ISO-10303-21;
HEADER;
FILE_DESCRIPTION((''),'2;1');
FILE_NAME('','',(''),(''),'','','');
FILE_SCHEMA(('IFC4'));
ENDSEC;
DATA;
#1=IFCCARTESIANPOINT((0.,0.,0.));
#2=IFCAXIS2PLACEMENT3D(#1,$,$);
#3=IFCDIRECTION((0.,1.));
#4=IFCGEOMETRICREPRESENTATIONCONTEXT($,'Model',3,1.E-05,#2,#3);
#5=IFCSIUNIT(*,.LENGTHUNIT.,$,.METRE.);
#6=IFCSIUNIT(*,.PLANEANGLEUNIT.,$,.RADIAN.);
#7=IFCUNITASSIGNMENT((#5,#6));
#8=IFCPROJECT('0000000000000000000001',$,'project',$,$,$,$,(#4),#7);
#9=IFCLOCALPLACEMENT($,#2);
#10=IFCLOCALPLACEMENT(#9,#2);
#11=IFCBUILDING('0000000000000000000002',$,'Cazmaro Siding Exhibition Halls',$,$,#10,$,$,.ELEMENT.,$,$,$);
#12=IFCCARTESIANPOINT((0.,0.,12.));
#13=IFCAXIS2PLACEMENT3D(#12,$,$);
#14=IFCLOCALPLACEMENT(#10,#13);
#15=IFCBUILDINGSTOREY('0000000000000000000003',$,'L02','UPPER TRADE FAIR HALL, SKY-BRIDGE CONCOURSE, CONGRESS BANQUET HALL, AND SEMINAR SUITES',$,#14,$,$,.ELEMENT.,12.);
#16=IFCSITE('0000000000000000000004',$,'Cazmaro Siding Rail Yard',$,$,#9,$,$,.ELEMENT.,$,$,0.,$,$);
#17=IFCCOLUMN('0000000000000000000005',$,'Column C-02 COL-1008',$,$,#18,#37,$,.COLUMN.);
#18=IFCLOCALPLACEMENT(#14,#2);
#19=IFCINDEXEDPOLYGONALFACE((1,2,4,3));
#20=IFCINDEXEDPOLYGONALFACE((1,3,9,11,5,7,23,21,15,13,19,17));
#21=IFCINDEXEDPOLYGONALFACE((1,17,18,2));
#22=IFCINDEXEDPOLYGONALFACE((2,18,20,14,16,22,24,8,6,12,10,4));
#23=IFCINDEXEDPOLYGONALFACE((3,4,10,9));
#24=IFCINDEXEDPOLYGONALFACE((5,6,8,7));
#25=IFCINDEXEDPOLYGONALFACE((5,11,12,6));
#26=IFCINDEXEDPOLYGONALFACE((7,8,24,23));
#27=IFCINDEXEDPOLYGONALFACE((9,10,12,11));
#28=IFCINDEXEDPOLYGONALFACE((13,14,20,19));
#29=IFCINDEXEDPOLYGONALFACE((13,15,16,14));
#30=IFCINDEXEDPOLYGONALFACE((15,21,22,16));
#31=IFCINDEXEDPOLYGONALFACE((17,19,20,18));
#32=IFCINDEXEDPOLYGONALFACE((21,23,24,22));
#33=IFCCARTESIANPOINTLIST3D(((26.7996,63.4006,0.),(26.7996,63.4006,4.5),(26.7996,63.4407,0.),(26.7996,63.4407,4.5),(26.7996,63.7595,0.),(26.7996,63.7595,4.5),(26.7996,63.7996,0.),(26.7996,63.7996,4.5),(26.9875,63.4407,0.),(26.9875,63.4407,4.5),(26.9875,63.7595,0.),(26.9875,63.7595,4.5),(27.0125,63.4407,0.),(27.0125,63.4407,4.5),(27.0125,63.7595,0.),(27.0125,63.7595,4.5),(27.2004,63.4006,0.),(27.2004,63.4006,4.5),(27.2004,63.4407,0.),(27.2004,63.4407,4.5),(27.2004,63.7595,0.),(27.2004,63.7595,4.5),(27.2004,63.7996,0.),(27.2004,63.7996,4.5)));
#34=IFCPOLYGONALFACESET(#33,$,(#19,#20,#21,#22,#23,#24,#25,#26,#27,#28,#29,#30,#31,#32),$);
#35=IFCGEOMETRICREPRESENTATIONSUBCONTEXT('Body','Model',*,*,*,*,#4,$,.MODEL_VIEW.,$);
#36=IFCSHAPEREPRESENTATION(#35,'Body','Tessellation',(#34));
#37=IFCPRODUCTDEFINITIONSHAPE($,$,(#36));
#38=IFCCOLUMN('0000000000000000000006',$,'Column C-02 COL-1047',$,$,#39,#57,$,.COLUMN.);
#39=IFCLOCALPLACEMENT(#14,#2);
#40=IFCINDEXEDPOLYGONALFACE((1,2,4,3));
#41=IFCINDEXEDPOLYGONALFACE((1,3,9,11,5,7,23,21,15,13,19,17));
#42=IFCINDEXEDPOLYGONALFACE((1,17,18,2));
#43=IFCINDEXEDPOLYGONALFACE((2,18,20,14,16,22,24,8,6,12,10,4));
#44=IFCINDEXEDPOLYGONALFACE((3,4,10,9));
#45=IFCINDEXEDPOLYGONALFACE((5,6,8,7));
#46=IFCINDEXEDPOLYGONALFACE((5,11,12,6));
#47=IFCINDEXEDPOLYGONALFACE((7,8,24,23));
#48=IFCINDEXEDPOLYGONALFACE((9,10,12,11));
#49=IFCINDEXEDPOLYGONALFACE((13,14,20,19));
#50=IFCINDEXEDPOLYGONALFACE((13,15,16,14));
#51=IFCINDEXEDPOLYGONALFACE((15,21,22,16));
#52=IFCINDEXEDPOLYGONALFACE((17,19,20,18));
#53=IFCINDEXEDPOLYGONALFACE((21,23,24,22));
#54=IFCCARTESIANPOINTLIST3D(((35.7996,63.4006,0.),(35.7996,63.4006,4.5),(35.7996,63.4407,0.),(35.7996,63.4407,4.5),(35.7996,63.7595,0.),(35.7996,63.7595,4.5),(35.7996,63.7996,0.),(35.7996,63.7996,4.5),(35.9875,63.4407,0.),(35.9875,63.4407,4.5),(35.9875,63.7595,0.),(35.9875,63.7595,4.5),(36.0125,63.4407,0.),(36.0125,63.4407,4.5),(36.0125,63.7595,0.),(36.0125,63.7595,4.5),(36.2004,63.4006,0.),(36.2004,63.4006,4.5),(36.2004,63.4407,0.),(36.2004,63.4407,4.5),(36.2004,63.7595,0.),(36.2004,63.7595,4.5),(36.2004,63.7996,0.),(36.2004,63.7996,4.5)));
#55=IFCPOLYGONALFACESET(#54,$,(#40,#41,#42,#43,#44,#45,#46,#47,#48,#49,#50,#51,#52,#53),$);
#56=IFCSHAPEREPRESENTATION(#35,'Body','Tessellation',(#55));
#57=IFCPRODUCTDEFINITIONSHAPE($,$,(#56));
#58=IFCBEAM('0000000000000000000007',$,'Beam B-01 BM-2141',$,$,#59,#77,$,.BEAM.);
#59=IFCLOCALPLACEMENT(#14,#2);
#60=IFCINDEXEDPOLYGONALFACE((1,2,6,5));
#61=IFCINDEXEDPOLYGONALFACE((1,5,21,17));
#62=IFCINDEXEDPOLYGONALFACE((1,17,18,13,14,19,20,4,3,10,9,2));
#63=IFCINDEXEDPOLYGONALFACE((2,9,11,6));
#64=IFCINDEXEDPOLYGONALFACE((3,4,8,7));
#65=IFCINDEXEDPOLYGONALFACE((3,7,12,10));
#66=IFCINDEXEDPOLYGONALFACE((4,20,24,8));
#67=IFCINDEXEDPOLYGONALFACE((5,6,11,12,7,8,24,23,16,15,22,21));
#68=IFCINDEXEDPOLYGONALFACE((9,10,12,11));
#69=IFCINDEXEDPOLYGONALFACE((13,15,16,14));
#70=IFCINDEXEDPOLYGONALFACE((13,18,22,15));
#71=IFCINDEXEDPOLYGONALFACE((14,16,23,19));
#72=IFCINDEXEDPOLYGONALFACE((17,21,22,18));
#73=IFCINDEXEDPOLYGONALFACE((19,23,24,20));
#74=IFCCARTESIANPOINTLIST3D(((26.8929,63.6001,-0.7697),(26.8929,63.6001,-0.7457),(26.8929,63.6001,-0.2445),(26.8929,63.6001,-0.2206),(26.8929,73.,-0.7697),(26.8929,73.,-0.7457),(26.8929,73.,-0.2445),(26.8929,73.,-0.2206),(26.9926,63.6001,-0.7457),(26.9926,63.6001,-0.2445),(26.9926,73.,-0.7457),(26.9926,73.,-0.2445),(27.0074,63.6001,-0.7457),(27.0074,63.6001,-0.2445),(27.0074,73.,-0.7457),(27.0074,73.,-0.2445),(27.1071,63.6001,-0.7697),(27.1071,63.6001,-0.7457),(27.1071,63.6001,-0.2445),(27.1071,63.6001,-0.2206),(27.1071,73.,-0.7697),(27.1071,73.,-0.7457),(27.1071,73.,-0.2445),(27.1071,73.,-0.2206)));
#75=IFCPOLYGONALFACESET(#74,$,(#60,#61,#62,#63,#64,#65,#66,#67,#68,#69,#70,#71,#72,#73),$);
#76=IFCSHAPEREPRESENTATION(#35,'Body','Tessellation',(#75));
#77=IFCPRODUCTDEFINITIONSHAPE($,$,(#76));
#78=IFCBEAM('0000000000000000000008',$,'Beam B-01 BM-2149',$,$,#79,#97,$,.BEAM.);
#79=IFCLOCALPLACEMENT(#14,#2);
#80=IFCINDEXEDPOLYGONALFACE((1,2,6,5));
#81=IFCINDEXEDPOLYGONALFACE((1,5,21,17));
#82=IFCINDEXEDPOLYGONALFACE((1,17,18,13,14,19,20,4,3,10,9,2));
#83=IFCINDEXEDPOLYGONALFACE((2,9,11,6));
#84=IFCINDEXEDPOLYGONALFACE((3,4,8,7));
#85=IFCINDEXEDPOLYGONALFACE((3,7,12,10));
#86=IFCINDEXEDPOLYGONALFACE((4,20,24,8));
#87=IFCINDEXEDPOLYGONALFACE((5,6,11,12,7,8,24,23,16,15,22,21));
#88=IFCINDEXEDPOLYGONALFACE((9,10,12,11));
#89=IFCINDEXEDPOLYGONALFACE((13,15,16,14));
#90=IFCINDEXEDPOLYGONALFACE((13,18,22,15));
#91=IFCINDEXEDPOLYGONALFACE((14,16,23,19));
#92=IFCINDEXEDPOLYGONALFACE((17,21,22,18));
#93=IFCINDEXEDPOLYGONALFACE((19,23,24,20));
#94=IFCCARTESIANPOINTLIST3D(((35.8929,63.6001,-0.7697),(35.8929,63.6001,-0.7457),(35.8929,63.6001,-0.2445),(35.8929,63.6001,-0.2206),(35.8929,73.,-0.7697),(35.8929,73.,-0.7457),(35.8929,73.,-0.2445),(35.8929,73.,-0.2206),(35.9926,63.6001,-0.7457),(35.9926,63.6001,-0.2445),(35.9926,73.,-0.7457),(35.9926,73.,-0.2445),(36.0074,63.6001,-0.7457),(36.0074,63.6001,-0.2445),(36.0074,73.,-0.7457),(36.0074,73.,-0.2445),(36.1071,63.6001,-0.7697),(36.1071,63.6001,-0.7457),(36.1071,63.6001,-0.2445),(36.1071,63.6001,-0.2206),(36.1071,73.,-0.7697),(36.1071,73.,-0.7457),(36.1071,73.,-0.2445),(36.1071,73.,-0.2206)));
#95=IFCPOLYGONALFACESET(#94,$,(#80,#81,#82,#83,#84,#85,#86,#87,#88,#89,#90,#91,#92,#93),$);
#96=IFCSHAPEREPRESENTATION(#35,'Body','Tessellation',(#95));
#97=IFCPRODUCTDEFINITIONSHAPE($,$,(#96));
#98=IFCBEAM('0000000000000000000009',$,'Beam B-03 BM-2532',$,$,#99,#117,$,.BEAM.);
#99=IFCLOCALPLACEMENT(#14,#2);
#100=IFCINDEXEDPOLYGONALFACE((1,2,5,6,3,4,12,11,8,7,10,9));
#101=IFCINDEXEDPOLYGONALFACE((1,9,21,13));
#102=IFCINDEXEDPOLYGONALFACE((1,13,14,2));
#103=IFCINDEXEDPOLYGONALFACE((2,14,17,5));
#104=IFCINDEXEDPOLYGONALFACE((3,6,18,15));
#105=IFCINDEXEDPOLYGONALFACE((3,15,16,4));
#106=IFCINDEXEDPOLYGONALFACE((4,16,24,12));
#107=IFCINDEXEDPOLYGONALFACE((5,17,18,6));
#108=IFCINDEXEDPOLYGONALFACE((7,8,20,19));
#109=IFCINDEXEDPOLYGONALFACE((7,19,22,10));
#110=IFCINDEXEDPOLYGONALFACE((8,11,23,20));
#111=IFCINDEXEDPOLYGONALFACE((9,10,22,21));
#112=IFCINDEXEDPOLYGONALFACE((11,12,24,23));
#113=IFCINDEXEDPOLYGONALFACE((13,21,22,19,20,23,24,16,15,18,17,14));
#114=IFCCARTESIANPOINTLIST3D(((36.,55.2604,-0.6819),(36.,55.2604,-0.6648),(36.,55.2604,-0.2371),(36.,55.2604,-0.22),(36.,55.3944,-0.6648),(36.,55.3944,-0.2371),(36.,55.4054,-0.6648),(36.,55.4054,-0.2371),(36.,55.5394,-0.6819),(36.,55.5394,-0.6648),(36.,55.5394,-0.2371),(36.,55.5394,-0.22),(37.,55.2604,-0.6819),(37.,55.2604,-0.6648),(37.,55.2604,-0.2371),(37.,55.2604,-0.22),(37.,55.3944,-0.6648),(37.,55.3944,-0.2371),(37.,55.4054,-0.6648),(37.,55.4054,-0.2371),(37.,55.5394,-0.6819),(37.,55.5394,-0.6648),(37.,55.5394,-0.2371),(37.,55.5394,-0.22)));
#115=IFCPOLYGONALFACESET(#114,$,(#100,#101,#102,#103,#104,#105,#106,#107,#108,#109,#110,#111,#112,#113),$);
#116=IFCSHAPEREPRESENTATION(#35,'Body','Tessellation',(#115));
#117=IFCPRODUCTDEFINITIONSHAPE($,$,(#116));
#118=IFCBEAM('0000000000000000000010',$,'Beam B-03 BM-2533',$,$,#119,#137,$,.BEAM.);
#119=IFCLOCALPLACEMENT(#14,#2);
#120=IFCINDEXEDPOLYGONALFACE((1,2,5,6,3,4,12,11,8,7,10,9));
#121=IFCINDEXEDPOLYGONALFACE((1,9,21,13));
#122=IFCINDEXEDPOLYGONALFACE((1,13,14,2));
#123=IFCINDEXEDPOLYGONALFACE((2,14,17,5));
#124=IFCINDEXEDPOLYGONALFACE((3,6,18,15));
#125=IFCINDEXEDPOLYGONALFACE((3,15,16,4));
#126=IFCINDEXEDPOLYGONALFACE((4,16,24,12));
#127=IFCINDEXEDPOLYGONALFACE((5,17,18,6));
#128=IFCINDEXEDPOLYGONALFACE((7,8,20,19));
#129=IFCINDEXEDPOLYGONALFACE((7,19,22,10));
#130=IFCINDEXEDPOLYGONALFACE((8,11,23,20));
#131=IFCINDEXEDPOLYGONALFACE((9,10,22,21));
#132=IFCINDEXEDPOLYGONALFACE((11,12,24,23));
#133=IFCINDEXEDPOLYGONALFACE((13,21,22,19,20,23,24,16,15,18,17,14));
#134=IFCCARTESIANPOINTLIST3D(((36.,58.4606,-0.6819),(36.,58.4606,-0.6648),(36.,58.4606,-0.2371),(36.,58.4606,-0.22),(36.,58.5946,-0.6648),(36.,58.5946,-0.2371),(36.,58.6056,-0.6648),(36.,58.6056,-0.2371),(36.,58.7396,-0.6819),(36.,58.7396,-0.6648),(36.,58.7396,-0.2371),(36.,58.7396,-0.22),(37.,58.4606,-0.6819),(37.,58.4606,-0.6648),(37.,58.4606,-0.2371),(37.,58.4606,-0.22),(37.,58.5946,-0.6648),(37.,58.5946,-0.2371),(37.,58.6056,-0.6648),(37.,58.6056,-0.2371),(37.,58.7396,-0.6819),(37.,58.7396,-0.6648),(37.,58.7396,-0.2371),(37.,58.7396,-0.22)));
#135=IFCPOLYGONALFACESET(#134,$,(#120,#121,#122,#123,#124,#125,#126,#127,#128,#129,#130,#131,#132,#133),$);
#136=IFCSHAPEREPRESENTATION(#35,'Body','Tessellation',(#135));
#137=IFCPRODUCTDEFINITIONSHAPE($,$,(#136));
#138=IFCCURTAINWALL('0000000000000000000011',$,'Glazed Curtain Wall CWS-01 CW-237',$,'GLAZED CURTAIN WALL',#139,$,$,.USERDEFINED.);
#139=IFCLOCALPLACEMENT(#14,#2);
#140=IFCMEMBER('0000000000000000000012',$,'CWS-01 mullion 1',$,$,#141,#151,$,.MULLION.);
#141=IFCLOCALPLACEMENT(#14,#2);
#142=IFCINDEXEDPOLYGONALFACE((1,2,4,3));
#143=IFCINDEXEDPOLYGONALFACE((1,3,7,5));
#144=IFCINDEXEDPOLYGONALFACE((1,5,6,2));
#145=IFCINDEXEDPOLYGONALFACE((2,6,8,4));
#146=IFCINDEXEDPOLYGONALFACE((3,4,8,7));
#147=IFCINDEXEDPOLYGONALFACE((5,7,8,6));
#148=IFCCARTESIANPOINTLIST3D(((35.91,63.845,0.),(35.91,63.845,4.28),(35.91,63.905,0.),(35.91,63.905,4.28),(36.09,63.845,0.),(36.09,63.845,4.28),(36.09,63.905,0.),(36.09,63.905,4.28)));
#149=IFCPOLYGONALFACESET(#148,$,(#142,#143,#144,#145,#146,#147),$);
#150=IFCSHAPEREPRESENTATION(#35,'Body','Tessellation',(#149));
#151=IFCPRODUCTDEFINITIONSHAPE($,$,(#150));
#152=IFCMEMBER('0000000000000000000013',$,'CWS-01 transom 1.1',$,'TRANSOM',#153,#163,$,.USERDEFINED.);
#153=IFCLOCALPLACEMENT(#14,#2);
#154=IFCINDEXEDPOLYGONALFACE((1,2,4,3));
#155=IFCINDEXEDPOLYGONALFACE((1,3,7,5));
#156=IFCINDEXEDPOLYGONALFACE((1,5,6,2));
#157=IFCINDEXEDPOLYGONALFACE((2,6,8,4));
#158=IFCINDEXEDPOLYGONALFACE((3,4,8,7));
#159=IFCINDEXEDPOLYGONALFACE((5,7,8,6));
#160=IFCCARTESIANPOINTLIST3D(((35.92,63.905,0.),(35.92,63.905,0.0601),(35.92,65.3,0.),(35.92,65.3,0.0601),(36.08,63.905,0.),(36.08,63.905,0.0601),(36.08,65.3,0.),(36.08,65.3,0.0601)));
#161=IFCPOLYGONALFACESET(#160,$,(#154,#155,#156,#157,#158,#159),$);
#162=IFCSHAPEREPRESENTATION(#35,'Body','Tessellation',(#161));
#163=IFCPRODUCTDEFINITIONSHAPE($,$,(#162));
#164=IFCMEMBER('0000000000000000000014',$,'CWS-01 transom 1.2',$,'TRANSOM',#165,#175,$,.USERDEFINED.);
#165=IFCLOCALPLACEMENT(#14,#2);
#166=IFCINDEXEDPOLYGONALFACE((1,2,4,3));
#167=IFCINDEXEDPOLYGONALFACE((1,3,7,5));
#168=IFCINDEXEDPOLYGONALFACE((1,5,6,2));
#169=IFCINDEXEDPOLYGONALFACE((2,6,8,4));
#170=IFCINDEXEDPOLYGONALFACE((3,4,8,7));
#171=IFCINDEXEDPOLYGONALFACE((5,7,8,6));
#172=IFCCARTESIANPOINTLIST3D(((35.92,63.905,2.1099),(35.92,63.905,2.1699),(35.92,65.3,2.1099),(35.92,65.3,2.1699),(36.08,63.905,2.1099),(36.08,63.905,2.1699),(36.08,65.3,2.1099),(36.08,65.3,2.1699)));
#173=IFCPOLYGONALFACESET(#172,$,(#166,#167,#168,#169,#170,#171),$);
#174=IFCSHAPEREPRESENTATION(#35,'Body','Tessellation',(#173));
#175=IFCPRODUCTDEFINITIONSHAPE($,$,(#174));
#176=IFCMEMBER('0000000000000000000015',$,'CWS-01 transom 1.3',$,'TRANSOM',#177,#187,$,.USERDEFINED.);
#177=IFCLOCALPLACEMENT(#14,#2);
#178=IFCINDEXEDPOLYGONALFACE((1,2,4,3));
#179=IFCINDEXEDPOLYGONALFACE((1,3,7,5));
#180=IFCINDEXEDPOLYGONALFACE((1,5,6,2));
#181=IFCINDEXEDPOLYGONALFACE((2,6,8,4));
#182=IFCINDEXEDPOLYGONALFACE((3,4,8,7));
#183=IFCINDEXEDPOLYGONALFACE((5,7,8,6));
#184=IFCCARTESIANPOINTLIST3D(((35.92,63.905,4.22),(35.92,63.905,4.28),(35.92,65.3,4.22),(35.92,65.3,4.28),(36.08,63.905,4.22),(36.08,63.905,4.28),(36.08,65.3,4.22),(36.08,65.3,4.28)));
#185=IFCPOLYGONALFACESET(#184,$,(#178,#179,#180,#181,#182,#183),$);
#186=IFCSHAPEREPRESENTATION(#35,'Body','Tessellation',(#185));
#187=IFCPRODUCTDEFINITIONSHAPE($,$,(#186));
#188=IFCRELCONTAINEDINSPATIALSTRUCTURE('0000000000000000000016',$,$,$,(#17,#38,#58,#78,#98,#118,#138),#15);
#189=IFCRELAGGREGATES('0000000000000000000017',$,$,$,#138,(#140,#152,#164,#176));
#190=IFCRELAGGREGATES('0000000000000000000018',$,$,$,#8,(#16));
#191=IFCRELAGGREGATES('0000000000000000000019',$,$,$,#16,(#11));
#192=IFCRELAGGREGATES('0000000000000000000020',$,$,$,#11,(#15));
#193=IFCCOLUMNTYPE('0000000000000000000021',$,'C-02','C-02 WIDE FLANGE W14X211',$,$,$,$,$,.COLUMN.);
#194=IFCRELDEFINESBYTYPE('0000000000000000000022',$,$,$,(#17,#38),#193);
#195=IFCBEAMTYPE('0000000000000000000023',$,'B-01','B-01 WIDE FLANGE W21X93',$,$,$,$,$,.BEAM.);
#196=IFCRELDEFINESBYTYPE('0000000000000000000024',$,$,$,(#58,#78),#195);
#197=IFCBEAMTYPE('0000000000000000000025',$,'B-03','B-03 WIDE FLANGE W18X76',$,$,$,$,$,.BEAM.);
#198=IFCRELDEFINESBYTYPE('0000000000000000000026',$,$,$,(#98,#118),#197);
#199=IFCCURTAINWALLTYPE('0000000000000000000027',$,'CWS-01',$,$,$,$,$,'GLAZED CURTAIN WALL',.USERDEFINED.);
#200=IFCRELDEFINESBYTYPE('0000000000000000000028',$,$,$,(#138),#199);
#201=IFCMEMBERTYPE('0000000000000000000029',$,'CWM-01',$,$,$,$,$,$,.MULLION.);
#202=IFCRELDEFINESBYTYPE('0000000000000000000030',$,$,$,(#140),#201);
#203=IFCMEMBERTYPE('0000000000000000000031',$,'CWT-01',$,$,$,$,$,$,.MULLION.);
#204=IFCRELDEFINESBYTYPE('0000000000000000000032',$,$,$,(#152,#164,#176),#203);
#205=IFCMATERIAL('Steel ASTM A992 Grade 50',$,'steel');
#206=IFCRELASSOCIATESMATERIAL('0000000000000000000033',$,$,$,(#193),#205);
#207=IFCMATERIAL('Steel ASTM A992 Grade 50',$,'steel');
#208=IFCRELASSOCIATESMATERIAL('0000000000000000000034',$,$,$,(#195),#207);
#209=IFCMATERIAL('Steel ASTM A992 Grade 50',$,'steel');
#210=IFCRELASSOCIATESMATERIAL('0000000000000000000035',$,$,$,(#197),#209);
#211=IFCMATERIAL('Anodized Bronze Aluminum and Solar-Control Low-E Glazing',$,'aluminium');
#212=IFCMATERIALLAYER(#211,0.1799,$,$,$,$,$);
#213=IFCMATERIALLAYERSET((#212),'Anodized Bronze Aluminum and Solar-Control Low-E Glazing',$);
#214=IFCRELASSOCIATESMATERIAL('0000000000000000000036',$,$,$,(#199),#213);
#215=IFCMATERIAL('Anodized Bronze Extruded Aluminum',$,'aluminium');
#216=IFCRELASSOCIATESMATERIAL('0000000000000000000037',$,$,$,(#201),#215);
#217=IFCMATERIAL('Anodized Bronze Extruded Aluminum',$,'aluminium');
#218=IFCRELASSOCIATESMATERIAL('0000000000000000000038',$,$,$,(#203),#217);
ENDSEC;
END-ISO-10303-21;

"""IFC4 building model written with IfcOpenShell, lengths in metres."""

from ifc_helpers import new_model, si_unit, direction, frame, origin, origin_2d, place, context, subcontext, project, spatial, rectangle, i_section, extrude, material, layer, layer_set, material_profile, profile_set, type_object, element, aggregate, save


model = new_model("IFC4")

# Units and contexts
model_context = context("Model", 3, precision=1e-05, world=origin(), true_north=direction((0.0, 1.0)))
body_context = subcontext(model_context, "Body", "Model", "MODEL_VIEW")
ifc_project = project(units=[si_unit("LENGTHUNIT", "METRE"), si_unit("PLANEANGLEUNIT", "RADIAN")], contexts=[model_context])

# Site, building, storey
site_placement = place(None, origin())
site = spatial("IfcSite", under=ifc_project, at=site_placement, Name="Cazmaro Siding Rail Yard", CompositionType="ELEMENT", RefElevation=0.0)
building_placement = place(site_placement, origin())
building = spatial("IfcBuilding", under=site, at=building_placement, Name="Cazmaro Siding Exhibition Halls", CompositionType="ELEMENT")
storey_placement = place(building_placement, frame((0.0, 0.0, 12.0)))
storey = spatial("IfcBuildingStorey", under=building, at=storey_placement, Name="L02", Description="UPPER TRADE FAIR HALL, SKY-BRIDGE CONCOURSE, CONGRESS BANQUET HALL, AND SEMINAR SUITES", CompositionType="ELEMENT", Elevation=12.0)

# Columns
ifc_material_1 = material(Name="Steel ASTM A992 Grade 50", Category="steel")
ifc_material_profile_1 = material_profile(ifc_material_1, i_section(OverallWidth=0.4009, OverallDepth=0.3989, WebThickness=0.0249, FlangeThickness=0.04, at=origin_2d()), Name="W14X211")
ifc_profile_set_1 = profile_set([ifc_material_profile_1], Name="Steel ASTM A992 Grade 50")
column_type = type_object("IfcColumnType", Name="C-02", Description="C-02 WIDE FLANGE W14X211", PredefinedType="COLUMN", material=ifc_profile_set_1)
for number, where, z_axis, x_axis, name in (
    (1, (27.0, 63.6001, 0.0), (0.0, 0.0, 1.0), (1.0, 0.0, 0.0), "Column C-02 COL-1008"),
    (2, (36.0, 63.6001, 0.0), (0.0, 0.0, 1.0), (1.0, 0.0, 0.0), "Column C-02 COL-1047"),
):
    element("IfcColumn", number, at=place(storey_placement, frame(where, z_axis=z_axis, x_axis=x_axis)), inside=storey, type_object=column_type, Name=name, PredefinedType="COLUMN", context=body_context, shape_type="SweptSolid", body=[
        extrude(i_section(OverallWidth=0.4009, OverallDepth=0.3989, WebThickness=0.0249, FlangeThickness=0.04, at=origin_2d()), origin(), (0.0, 0.0, 1.0), 4.5),
    ])

# Beams
ifc_material_2 = material(Name="Steel ASTM A992 Grade 50", Category="steel")
ifc_material_profile_2 = material_profile(ifc_material_2, i_section(OverallWidth=0.2141, OverallDepth=0.5491, WebThickness=0.0149, FlangeThickness=0.0239, at=origin_2d()), Name="W21X93")
ifc_profile_set_2 = profile_set([ifc_material_profile_2], Name="Steel ASTM A992 Grade 50")
beam_type_1 = type_object("IfcBeamType", Name="B-01", Description="B-01 WIDE FLANGE W21X93", PredefinedType="BEAM", material=ifc_profile_set_2)
for number, where, z_axis, x_axis, name in (
    (3, (27.0, 63.6001, -0.4951), (0.0, 1.0, 0.0), (-1.0, 0.0, 0.0), "Beam B-01 BM-2141"),
    (4, (36.0, 63.6001, -0.4951), (0.0, 1.0, 0.0), (-1.0, 0.0, 0.0), "Beam B-01 BM-2149"),
):
    element("IfcBeam", number, at=place(storey_placement, frame(where, z_axis=z_axis, x_axis=x_axis)), inside=storey, type_object=beam_type_1, Name=name, PredefinedType="BEAM", context=body_context, shape_type="SweptSolid", body=[
        extrude(i_section(OverallWidth=0.2141, OverallDepth=0.5491, WebThickness=0.0149, FlangeThickness=0.0239, at=origin_2d()), origin(), (0.0, 0.0, 1.0), 9.3999),
    ])
ifc_material_3 = material(Name="Steel ASTM A992 Grade 50", Category="steel")
ifc_material_profile_3 = material_profile(ifc_material_3, i_section(OverallWidth=0.2791, OverallDepth=0.4619, WebThickness=0.011, FlangeThickness=0.0171, at=origin_2d()), Name="W18X76")
ifc_profile_set_3 = profile_set([ifc_material_profile_3], Name="Steel ASTM A992 Grade 50")
beam_type_2 = type_object("IfcBeamType", Name="B-03", Description="B-03 WIDE FLANGE W18X76", PredefinedType="BEAM", material=ifc_profile_set_3)
for number, where, z_axis, x_axis, name in (
    (5, (36.0, 55.3999, -0.4509), (1.0, 0.0, 0.0), (0.0, 1.0, 0.0), "Beam B-03 BM-2532"),
    (6, (36.0, 58.6001, -0.4509), (1.0, 0.0, 0.0), (0.0, 1.0, 0.0), "Beam B-03 BM-2533"),
):
    element("IfcBeam", number, at=place(storey_placement, frame(where, z_axis=z_axis, x_axis=x_axis)), inside=storey, type_object=beam_type_2, Name=name, PredefinedType="BEAM", context=body_context, shape_type="SweptSolid", body=[
        extrude(i_section(OverallWidth=0.2791, OverallDepth=0.4619, WebThickness=0.011, FlangeThickness=0.0171, at=origin_2d()), origin(), (0.0, 0.0, 1.0), 1.0),
    ])

# Curtain wall, members
ifc_material_4 = material(Name="Anodized Bronze Aluminum and Solar-Control Low-E Glazing", Category="aluminium")
ifc_layer_1 = layer(ifc_material_4, 0.1799)
ifc_layer_set_1 = layer_set([ifc_layer_1], Name="Anodized Bronze Aluminum and Solar-Control Low-E Glazing")
curtain_wall_type = type_object("IfcCurtainWallType", Name="CWS-01", ElementType="GLAZED CURTAIN WALL", PredefinedType="USERDEFINED", material=ifc_layer_set_1)
curtain_wall_placement = place(storey_placement, origin())
curtain_wall = element("IfcCurtainWall", 7, at=curtain_wall_placement, inside=storey, type_object=curtain_wall_type, Name="Glazed Curtain Wall CWS-01 CW-237", ObjectType="GLAZED CURTAIN WALL", PredefinedType="USERDEFINED")
ifc_material_5 = material(Name="Anodized Bronze Extruded Aluminum", Category="aluminium")
ifc_material_profile_4 = material_profile(ifc_material_5, rectangle(XDim=0.1799, YDim=0.0601, at=origin_2d()), Name="CWM-01")
ifc_profile_set_4 = profile_set([ifc_material_profile_4], Name="Anodized Bronze Extruded Aluminum")
member_type_1 = type_object("IfcMemberType", Name="CWM-01", PredefinedType="MULLION", material=ifc_profile_set_4)
member_1_placement = place(storey_placement, frame((36.0, 63.875, 0.0), z_axis=(0.0, 0.0, 1.0), x_axis=(-1.0, 0.0, 0.0)))
member_1 = element("IfcMember", 8, at=member_1_placement, type_object=member_type_1, Name="CWS-01 mullion 1", PredefinedType="MULLION", context=body_context, shape_type="SweptSolid", body=[
    extrude(rectangle(XDim=0.1799, YDim=0.0601, at=origin_2d()), origin(), (0.0, 0.0, 1.0), 4.28),
])
ifc_material_6 = material(Name="Anodized Bronze Extruded Aluminum", Category="aluminium")
ifc_material_profile_5 = material_profile(ifc_material_6, rectangle(XDim=0.1599, YDim=0.0601, at=origin_2d()), Name="CWT-01")
ifc_profile_set_5 = profile_set([ifc_material_profile_5], Name="Anodized Bronze Extruded Aluminum")
member_type_2 = type_object("IfcMemberType", Name="CWT-01", PredefinedType="MULLION", material=ifc_profile_set_5)
member_2_placement = place(storey_placement, frame((36.0, 63.905, 0.03), z_axis=(0.0, 1.0, 0.0), x_axis=(-1.0, 0.0, 0.0)))
member_2 = element("IfcMember", 9, at=member_2_placement, type_object=member_type_2, Name="CWS-01 transom 1.1", ObjectType="TRANSOM", PredefinedType="USERDEFINED", context=body_context, shape_type="SweptSolid", body=[
    extrude(rectangle(XDim=0.1599, YDim=0.0601, at=origin_2d()), origin(), (0.0, 0.0, 1.0), 1.395),
])
member_3_placement = place(storey_placement, frame((36.0, 63.905, 2.1399), z_axis=(0.0, 1.0, 0.0), x_axis=(-1.0, 0.0, 0.0)))
member_3 = element("IfcMember", 10, at=member_3_placement, type_object=member_type_2, Name="CWS-01 transom 1.2", ObjectType="TRANSOM", PredefinedType="USERDEFINED", context=body_context, shape_type="SweptSolid", body=[
    extrude(rectangle(XDim=0.1599, YDim=0.0601, at=origin_2d()), origin(), (0.0, 0.0, 1.0), 1.395),
])
member_4_placement = place(storey_placement, frame((36.0, 63.905, 4.25), z_axis=(0.0, 1.0, 0.0), x_axis=(-1.0, 0.0, 0.0)))
member_4 = element("IfcMember", 11, at=member_4_placement, type_object=member_type_2, Name="CWS-01 transom 1.3", ObjectType="TRANSOM", PredefinedType="USERDEFINED", context=body_context, shape_type="SweptSolid", body=[
    extrude(rectangle(XDim=0.1599, YDim=0.0601, at=origin_2d()), origin(), (0.0, 0.0, 1.0), 1.395),
])

aggregate(curtain_wall, [member_1, member_2, member_3, member_4])

save(model, "model.ifc")
